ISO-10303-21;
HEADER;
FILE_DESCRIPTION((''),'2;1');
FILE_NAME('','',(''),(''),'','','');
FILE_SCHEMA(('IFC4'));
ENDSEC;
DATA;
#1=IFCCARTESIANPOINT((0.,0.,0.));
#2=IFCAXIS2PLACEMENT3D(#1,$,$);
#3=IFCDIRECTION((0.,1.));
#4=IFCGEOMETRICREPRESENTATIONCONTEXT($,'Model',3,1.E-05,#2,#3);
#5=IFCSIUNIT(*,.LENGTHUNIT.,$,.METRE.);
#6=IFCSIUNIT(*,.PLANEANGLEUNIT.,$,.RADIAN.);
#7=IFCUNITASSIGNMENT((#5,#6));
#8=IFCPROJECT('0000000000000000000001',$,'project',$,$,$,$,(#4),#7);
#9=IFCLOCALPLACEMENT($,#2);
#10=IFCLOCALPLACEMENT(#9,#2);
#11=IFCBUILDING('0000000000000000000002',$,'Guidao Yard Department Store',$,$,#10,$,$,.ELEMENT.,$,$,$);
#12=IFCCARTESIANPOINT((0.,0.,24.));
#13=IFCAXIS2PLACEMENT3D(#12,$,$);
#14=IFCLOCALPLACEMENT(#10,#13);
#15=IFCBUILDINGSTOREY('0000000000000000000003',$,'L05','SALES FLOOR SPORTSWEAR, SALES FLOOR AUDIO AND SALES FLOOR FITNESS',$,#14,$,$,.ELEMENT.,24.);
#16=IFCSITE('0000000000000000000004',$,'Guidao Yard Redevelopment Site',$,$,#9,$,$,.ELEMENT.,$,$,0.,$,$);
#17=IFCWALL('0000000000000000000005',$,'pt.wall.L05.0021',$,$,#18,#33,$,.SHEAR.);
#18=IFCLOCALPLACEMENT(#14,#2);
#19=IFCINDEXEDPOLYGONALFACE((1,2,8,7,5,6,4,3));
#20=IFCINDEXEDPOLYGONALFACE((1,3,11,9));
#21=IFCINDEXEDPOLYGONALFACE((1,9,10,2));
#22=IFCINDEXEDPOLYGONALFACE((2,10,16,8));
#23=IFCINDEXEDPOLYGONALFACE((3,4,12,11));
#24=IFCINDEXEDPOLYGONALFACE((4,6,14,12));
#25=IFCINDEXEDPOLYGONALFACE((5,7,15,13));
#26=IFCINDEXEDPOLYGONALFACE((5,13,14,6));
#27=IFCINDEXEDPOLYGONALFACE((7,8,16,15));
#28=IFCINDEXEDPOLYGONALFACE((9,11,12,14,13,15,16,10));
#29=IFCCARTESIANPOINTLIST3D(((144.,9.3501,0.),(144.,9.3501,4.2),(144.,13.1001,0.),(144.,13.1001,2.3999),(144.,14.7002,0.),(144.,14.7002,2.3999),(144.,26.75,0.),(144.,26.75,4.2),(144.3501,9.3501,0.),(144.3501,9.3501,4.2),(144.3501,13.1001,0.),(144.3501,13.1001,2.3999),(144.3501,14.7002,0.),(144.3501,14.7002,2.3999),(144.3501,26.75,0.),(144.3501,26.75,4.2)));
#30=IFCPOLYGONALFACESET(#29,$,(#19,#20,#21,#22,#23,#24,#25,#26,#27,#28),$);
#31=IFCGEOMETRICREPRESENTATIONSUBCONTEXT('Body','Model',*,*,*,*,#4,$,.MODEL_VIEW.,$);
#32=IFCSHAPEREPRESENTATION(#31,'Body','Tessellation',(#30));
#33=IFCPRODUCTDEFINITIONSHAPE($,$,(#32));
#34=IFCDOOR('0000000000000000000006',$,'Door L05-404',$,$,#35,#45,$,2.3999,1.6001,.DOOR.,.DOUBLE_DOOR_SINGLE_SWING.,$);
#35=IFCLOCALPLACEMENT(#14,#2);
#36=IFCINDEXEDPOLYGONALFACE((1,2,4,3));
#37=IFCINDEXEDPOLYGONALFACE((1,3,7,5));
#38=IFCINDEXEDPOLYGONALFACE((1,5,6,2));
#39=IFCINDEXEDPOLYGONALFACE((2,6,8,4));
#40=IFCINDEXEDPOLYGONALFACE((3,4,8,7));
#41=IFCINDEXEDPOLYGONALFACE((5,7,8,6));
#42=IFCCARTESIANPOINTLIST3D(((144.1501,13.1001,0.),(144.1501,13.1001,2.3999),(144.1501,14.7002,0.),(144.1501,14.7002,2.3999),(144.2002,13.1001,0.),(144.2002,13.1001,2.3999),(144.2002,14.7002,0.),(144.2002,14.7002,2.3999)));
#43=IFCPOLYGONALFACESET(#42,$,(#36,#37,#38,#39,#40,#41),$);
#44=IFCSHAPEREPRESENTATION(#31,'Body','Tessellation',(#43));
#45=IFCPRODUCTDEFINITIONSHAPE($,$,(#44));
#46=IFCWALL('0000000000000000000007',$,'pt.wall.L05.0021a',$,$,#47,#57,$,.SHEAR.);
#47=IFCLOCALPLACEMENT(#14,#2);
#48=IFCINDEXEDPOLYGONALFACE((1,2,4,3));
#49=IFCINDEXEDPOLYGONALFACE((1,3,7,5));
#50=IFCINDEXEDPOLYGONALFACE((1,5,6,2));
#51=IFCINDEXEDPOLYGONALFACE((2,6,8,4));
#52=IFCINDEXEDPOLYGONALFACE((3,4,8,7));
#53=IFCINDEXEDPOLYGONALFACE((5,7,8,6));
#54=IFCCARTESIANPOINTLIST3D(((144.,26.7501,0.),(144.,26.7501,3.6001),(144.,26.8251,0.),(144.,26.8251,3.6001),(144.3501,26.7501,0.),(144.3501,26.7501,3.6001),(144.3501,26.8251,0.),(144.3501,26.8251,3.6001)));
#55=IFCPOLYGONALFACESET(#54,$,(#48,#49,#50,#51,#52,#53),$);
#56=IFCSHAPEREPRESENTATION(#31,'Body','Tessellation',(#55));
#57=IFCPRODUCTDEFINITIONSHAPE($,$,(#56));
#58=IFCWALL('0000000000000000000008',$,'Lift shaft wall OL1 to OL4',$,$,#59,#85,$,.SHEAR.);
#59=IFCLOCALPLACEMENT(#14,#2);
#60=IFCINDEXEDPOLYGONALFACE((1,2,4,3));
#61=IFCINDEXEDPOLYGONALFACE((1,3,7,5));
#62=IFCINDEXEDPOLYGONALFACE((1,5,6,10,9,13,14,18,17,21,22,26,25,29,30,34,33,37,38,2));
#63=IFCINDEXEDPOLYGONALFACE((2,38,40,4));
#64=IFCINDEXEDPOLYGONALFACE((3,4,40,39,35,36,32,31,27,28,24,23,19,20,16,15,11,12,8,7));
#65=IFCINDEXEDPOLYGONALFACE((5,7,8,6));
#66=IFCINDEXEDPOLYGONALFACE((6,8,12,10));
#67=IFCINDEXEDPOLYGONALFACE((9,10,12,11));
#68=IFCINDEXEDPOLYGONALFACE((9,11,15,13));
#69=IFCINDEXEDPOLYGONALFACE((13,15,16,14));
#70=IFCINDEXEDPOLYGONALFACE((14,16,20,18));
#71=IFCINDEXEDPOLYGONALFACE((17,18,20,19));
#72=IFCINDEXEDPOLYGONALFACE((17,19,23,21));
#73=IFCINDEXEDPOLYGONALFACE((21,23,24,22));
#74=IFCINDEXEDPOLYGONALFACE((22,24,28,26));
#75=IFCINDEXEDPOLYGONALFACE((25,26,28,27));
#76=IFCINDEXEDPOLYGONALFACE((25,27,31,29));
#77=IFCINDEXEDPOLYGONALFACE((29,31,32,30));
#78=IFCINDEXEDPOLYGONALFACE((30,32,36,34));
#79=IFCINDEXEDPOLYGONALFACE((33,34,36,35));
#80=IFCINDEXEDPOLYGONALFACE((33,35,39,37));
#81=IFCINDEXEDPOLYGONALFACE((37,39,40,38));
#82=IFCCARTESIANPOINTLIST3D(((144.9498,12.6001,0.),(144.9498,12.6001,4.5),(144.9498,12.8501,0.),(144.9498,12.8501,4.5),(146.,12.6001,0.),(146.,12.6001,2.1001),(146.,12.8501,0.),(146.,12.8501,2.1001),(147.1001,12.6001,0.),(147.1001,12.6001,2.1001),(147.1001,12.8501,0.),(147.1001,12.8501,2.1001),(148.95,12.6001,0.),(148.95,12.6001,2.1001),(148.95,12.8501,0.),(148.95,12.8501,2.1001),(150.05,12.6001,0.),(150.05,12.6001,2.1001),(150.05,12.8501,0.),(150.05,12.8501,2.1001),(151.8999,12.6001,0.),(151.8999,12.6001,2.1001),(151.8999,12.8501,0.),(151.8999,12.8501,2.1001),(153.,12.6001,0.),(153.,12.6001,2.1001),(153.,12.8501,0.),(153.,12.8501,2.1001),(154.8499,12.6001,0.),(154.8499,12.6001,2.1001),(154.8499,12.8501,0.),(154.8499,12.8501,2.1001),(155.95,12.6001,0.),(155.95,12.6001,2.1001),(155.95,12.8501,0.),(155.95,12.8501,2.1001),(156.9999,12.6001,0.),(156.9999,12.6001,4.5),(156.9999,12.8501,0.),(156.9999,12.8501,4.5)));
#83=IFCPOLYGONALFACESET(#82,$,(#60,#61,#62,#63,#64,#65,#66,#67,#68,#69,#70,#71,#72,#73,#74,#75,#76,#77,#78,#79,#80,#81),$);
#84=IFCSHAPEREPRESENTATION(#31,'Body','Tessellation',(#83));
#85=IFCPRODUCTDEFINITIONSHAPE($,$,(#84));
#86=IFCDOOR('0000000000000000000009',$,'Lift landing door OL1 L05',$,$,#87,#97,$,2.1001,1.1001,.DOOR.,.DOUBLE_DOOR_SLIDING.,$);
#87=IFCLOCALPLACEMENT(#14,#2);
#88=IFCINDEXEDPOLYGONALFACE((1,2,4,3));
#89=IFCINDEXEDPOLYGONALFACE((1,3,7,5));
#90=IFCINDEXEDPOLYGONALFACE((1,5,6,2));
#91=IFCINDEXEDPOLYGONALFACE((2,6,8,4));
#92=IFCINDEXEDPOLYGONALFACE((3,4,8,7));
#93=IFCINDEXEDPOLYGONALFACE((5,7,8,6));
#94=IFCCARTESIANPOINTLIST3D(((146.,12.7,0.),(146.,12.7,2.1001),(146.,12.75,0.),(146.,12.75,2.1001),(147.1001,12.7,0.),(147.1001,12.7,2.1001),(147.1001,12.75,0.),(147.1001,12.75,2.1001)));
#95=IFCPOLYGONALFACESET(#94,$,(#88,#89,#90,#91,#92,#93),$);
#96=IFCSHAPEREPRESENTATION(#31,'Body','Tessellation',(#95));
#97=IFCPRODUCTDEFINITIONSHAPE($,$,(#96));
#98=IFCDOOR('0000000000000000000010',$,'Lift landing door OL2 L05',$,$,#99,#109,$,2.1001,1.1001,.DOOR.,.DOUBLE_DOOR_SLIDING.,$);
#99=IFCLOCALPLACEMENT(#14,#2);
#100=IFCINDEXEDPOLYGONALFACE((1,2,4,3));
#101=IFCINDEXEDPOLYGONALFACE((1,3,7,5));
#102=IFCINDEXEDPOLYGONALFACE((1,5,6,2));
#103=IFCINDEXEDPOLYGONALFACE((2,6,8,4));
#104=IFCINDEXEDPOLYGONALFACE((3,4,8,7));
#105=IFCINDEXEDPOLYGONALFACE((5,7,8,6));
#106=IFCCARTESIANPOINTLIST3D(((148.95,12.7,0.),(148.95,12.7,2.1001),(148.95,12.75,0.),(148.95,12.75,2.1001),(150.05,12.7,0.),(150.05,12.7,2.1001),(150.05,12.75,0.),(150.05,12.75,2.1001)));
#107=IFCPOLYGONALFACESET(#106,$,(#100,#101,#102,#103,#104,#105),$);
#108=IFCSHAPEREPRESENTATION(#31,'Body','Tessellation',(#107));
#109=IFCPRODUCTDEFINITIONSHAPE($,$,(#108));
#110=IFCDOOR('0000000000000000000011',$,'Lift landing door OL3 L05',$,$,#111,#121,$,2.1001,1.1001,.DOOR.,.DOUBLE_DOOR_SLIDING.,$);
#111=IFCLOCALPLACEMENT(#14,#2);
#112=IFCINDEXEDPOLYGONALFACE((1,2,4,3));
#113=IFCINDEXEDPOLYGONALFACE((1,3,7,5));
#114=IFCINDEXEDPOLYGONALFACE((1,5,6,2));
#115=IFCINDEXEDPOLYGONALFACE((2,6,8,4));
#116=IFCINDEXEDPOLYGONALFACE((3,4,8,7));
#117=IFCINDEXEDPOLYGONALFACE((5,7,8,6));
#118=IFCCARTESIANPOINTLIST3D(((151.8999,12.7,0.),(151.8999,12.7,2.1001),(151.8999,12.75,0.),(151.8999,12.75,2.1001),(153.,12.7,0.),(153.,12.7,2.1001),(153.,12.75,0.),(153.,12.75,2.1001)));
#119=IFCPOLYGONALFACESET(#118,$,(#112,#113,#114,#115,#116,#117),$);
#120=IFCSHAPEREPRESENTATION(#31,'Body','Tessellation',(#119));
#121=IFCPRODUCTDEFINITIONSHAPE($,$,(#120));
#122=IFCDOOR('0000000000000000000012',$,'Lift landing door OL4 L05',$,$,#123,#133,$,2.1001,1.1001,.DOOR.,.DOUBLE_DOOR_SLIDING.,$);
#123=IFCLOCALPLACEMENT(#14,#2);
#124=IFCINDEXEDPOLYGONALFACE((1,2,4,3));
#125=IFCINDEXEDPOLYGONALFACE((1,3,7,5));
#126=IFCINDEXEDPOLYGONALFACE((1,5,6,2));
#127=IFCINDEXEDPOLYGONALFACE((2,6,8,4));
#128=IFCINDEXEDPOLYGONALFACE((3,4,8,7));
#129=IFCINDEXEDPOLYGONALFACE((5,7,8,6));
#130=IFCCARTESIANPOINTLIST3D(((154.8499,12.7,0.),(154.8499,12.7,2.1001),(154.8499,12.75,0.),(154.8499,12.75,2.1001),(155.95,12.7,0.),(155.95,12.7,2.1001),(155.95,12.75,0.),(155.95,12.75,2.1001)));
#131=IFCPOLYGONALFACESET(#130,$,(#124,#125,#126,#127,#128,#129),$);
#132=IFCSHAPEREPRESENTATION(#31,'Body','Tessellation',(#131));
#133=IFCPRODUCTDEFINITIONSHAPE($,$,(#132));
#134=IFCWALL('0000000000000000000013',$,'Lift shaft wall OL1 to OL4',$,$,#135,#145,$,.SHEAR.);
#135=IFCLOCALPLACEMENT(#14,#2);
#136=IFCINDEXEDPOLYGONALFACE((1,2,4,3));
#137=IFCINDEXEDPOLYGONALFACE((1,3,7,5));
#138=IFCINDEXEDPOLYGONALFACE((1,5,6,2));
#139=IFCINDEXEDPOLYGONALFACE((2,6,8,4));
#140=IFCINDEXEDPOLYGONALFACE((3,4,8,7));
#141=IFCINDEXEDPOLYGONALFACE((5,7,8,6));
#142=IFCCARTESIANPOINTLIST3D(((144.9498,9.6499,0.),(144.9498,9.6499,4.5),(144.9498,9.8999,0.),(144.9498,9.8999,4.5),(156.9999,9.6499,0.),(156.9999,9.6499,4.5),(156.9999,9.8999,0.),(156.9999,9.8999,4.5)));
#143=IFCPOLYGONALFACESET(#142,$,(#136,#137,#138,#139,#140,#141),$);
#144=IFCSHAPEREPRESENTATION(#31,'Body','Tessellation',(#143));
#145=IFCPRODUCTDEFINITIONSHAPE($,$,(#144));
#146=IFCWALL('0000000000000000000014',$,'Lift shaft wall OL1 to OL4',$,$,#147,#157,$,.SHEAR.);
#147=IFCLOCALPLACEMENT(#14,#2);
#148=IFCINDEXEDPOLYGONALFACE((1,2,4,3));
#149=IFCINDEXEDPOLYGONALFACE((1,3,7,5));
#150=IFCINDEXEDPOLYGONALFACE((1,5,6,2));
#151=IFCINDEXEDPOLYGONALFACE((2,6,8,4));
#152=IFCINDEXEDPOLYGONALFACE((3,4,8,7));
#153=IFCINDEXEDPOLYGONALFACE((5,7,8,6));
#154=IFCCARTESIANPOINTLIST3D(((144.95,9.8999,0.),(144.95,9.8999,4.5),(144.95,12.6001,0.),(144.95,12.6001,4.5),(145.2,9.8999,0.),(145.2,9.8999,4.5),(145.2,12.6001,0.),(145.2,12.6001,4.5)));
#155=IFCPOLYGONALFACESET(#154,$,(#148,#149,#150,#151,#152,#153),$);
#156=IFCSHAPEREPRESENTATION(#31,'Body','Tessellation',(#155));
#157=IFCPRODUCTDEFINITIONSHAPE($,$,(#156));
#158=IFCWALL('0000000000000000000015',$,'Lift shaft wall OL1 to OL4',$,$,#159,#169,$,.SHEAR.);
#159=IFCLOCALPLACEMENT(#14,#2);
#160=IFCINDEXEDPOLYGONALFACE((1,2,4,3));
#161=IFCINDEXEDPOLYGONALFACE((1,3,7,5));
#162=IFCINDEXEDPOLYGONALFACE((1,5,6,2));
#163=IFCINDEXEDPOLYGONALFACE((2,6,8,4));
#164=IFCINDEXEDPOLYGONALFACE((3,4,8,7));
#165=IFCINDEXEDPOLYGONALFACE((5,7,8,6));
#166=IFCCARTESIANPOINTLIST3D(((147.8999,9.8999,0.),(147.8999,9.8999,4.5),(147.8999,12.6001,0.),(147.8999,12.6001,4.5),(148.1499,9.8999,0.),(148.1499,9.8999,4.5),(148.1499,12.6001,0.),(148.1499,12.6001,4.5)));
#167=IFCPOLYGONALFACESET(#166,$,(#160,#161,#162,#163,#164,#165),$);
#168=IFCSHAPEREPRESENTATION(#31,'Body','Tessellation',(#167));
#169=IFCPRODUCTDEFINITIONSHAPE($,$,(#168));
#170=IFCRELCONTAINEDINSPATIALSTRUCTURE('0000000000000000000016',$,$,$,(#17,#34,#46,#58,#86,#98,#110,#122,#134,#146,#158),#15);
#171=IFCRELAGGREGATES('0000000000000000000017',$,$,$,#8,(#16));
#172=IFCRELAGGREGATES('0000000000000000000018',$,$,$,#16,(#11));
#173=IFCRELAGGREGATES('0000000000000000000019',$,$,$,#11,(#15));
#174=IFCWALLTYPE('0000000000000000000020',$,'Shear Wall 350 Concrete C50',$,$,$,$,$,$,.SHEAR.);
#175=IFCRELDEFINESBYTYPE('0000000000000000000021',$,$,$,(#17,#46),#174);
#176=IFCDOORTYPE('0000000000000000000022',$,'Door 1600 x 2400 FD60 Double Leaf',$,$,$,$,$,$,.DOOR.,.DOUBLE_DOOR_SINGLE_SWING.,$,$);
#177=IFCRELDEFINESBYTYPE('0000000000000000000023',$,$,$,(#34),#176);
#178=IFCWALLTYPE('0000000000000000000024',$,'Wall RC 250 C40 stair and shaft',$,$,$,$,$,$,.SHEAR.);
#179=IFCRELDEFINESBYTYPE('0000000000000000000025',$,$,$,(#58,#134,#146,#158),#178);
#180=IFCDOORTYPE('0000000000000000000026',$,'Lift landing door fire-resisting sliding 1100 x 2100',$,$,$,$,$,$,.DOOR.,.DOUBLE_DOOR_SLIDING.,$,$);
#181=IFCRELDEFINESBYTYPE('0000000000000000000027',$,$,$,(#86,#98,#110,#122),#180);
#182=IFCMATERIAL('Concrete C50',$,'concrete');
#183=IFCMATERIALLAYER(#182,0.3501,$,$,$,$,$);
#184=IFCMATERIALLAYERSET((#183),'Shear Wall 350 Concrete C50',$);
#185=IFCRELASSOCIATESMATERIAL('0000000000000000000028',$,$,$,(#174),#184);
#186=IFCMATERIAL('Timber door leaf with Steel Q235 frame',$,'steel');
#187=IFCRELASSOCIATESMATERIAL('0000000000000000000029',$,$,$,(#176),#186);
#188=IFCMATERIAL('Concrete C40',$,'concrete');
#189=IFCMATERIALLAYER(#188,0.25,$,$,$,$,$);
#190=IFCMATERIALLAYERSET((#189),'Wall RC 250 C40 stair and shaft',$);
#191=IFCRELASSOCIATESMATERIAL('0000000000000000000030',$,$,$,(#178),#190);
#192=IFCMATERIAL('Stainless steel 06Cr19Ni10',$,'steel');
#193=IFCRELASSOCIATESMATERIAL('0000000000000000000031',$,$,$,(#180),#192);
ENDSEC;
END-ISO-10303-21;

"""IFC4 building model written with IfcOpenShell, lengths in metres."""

from ifc_helpers import new_model, si_unit, direction, frame, frame_2d, origin, place, context, subcontext, project, spatial, rectangle, extrude, material, layer, layer_set, type_object, element, fill, save


model = new_model("IFC4")

# Units and contexts
model_context = context("Model", 3, precision=1e-05, world=origin(), true_north=direction((0.0, 1.0)))
body_context = subcontext(model_context, "Body", "Model", "MODEL_VIEW")
ifc_project = project(units=[si_unit("LENGTHUNIT", "METRE"), si_unit("PLANEANGLEUNIT", "RADIAN")], contexts=[model_context])

# Site, building, storey
site_placement = place(None, origin())
site = spatial("IfcSite", under=ifc_project, at=site_placement, Name="Guidao Yard Redevelopment Site", CompositionType="ELEMENT", RefElevation=0.0)
building_placement = place(site_placement, origin())
building = spatial("IfcBuilding", under=site, at=building_placement, Name="Guidao Yard Department Store", CompositionType="ELEMENT")
storey_placement = place(building_placement, frame((0.0, 0.0, 24.0)))
storey = spatial("IfcBuildingStorey", under=building, at=storey_placement, Name="L05", Description="SALES FLOOR SPORTSWEAR, SALES FLOOR AUDIO AND SALES FLOOR FITNESS", CompositionType="ELEMENT", Elevation=24.0)

# Wall, opening, door
ifc_material_1 = material(Name="Concrete C50", Category="concrete")
ifc_layer_1 = layer(ifc_material_1, 0.3501)
ifc_layer_set_1 = layer_set([ifc_layer_1], Name="Shear Wall 350 Concrete C50")
wall_type_1 = type_object("IfcWallType", Name="Shear Wall 350 Concrete C50", PredefinedType="SHEAR", material=ifc_layer_set_1)
wall_1_placement = place(storey_placement, frame((144.175, 9.3501, 0.0), z_axis=(0.0, 0.0, 1.0), x_axis=(0.0, 1.0, 0.0)))
wall_1 = element("IfcWall", 1, at=wall_1_placement, inside=storey, type_object=wall_type_1, Name="pt.wall.L05.0021", PredefinedType="SHEAR", context=body_context, shape_type="SweptSolid", body=[
    extrude(rectangle(XDim=17.3999, YDim=0.3501, at=frame_2d((8.7, 0.0))), origin(), (0.0, 0.0, 1.0), 4.2),
])
opening_1_placement = place(wall_1_placement, frame((3.75, 0.0, 0.0)))
opening_1 = element("IfcOpeningElement", 2, at=opening_1_placement, cuts=wall_1, PredefinedType="OPENING", context=body_context, shape_type="SweptSolid", body=[
    extrude(rectangle(XDim=1.6001, YDim=2.3999, at=frame_2d((0.8, 1.2))), frame((0.0, 0.1851, 0.0), z_axis=(0.0, -1.0, 0.0), x_axis=(1.0, 0.0, 0.0)), (0.0, 0.0, 1.0), 0.3701),
])
ifc_material_2 = material(Name="Timber door leaf with Steel Q235 frame", Category="steel")
door_type_1 = type_object("IfcDoorType", Name="Door 1600 x 2400 FD60 Double Leaf", OperationType="DOUBLE_DOOR_SINGLE_SWING", PredefinedType="DOOR", material=ifc_material_2)
door_1_placement = place(opening_1_placement, origin())
door_1 = element("IfcDoor", 3, at=door_1_placement, inside=storey, type_object=door_type_1, Name="Door L05-404", OperationType="DOUBLE_DOOR_SINGLE_SWING", OverallHeight=2.3999, OverallWidth=1.6001, PredefinedType="DOOR", context=body_context, shape_type="SweptSolid", body=[
    extrude(rectangle(XDim=1.6001, YDim=2.3999, at=frame_2d((0.8, 1.2))), frame((0.0, 0.0249, 0.0), z_axis=(0.0, -1.0, 0.0), x_axis=(1.0, 0.0, 0.0)), (0.0, 0.0, 1.0), 0.05),
])
fill(opening_1, door_1)

# Wall
wall_2_placement = place(storey_placement, frame((144.175, 26.75, 0.0), z_axis=(0.0, 0.0, 1.0), x_axis=(0.0, 1.0, 0.0)))
element("IfcWall", 4, at=wall_2_placement, inside=storey, type_object=wall_type_1, Name="pt.wall.L05.0021a", PredefinedType="SHEAR", context=body_context, shape_type="SweptSolid", body=[
    extrude(rectangle(XDim=0.075, YDim=0.3501, at=frame_2d((0.0376, 0.0))), origin(), (0.0, 0.0, 1.0), 3.6001),
])

# Wall, openings, doors
ifc_material_3 = material(Name="Concrete C40", Category="concrete")
ifc_layer_2 = layer(ifc_material_3, 0.25)
ifc_layer_set_2 = layer_set([ifc_layer_2], Name="Wall RC 250 C40 stair and shaft")
wall_type_2 = type_object("IfcWallType", Name="Wall RC 250 C40 stair and shaft", PredefinedType="SHEAR", material=ifc_layer_set_2)
wall_3_placement = place(storey_placement, frame((144.95, 12.7251, 0.0), z_axis=(0.0, 0.0, 1.0), x_axis=(1.0, 0.0, 0.0)))
wall_3 = element("IfcWall", 5, at=wall_3_placement, inside=storey, type_object=wall_type_2, Name="Lift shaft wall OL1 to OL4", PredefinedType="SHEAR", context=body_context, shape_type="SweptSolid", body=[
    extrude(rectangle(XDim=12.05, YDim=0.25, at=frame_2d((6.0249, 0.0))), origin(), (0.0, 0.0, 1.0), 4.5),
])
opening_2_placement = place(wall_3_placement, frame((1.05, 0.0, 0.0)))
opening_2 = element("IfcOpeningElement", 6, at=opening_2_placement, cuts=wall_3, PredefinedType="OPENING", context=body_context, shape_type="SweptSolid", body=[
    extrude(rectangle(XDim=1.1001, YDim=2.1001, at=frame_2d((0.55, 1.05))), frame((0.0, 0.135, 0.0), z_axis=(0.0, -1.0, 0.0), x_axis=(1.0, 0.0, 0.0)), (0.0, 0.0, 1.0), 0.27),
])
opening_3_placement = place(wall_3_placement, frame((4.0, 0.0, 0.0)))
opening_3 = element("IfcOpeningElement", 7, at=opening_3_placement, cuts=wall_3, PredefinedType="OPENING", context=body_context, shape_type="SweptSolid", body=[
    extrude(rectangle(XDim=1.1001, YDim=2.1001, at=frame_2d((0.55, 1.05))), frame((0.0, 0.135, 0.0), z_axis=(0.0, -1.0, 0.0), x_axis=(1.0, 0.0, 0.0)), (0.0, 0.0, 1.0), 0.27),
])
opening_4_placement = place(wall_3_placement, frame((6.95, 0.0, 0.0)))
opening_4 = element("IfcOpeningElement", 8, at=opening_4_placement, cuts=wall_3, PredefinedType="OPENING", context=body_context, shape_type="SweptSolid", body=[
    extrude(rectangle(XDim=1.1001, YDim=2.1001, at=frame_2d((0.55, 1.05))), frame((0.0, 0.135, 0.0), z_axis=(0.0, -1.0, 0.0), x_axis=(1.0, 0.0, 0.0)), (0.0, 0.0, 1.0), 0.27),
])
opening_5_placement = place(wall_3_placement, frame((9.8999, 0.0, 0.0)))
opening_5 = element("IfcOpeningElement", 9, at=opening_5_placement, cuts=wall_3, PredefinedType="OPENING", context=body_context, shape_type="SweptSolid", body=[
    extrude(rectangle(XDim=1.1001, YDim=2.1001, at=frame_2d((0.55, 1.05))), frame((0.0, 0.135, 0.0), z_axis=(0.0, -1.0, 0.0), x_axis=(1.0, 0.0, 0.0)), (0.0, 0.0, 1.0), 0.27),
])
ifc_material_4 = material(Name="Stainless steel 06Cr19Ni10", Category="steel")
door_type_2 = type_object("IfcDoorType", Name="Lift landing door fire-resisting sliding 1100 x 2100", OperationType="DOUBLE_DOOR_SLIDING", PredefinedType="DOOR", material=ifc_material_4)
door_2_placement = place(opening_2_placement, origin())
door_2 = element("IfcDoor", 10, at=door_2_placement, inside=storey, type_object=door_type_2, Name="Lift landing door OL1 L05", OperationType="DOUBLE_DOOR_SLIDING", OverallHeight=2.1001, OverallWidth=1.1001, PredefinedType="DOOR", context=body_context, shape_type="SweptSolid", body=[
    extrude(rectangle(XDim=1.1001, YDim=2.1001, at=frame_2d((0.55, 1.05))), frame((0.0, 0.0249, 0.0), z_axis=(0.0, -1.0, 0.0), x_axis=(1.0, 0.0, 0.0)), (0.0, 0.0, 1.0), 0.05),
])
fill(opening_2, door_2)
door_3_placement = place(opening_3_placement, origin())
door_3 = element("IfcDoor", 11, at=door_3_placement, inside=storey, type_object=door_type_2, Name="Lift landing door OL2 L05", OperationType="DOUBLE_DOOR_SLIDING", OverallHeight=2.1001, OverallWidth=1.1001, PredefinedType="DOOR", context=body_context, shape_type="SweptSolid", body=[
    extrude(rectangle(XDim=1.1001, YDim=2.1001, at=frame_2d((0.55, 1.05))), frame((0.0, 0.0249, 0.0), z_axis=(0.0, -1.0, 0.0), x_axis=(1.0, 0.0, 0.0)), (0.0, 0.0, 1.0), 0.05),
])
fill(opening_3, door_3)
door_4_placement = place(opening_4_placement, origin())
door_4 = element("IfcDoor", 12, at=door_4_placement, inside=storey, type_object=door_type_2, Name="Lift landing door OL3 L05", OperationType="DOUBLE_DOOR_SLIDING", OverallHeight=2.1001, OverallWidth=1.1001, PredefinedType="DOOR", context=body_context, shape_type="SweptSolid", body=[
    extrude(rectangle(XDim=1.1001, YDim=2.1001, at=frame_2d((0.55, 1.05))), frame((0.0, 0.0249, 0.0), z_axis=(0.0, -1.0, 0.0), x_axis=(1.0, 0.0, 0.0)), (0.0, 0.0, 1.0), 0.05),
])
fill(opening_4, door_4)
door_5_placement = place(opening_5_placement, origin())
door_5 = element("IfcDoor", 13, at=door_5_placement, inside=storey, type_object=door_type_2, Name="Lift landing door OL4 L05", OperationType="DOUBLE_DOOR_SLIDING", OverallHeight=2.1001, OverallWidth=1.1001, PredefinedType="DOOR", context=body_context, shape_type="SweptSolid", body=[
    extrude(rectangle(XDim=1.1001, YDim=2.1001, at=frame_2d((0.55, 1.05))), frame((0.0, 0.0249, 0.0), z_axis=(0.0, -1.0, 0.0), x_axis=(1.0, 0.0, 0.0)), (0.0, 0.0, 1.0), 0.05),
])
fill(opening_5, door_5)

# Walls
wall_4_placement = place(storey_placement, frame((144.95, 9.7749, 0.0), z_axis=(0.0, 0.0, 1.0), x_axis=(1.0, 0.0, 0.0)))
element("IfcWall", 14, at=wall_4_placement, inside=storey, type_object=wall_type_2, Name="Lift shaft wall OL1 to OL4", PredefinedType="SHEAR", context=body_context, shape_type="SweptSolid", body=[
    extrude(rectangle(XDim=12.05, YDim=0.25, at=frame_2d((6.0249, 0.0))), origin(), (0.0, 0.0, 1.0), 4.5),
])
for number, where, z_axis, x_axis, name in (
    (15, (145.075, 9.8999, 0.0), (0.0, 0.0, 1.0), (0.0, 1.0, 0.0), "Lift shaft wall OL1 to OL4"),
    (16, (148.0249, 9.8999, 0.0), (0.0, 0.0, 1.0), (0.0, 1.0, 0.0), "Lift shaft wall OL1 to OL4"),
):
    element("IfcWall", number, at=place(storey_placement, frame(where, z_axis=z_axis, x_axis=x_axis)), inside=storey, type_object=wall_type_2, Name=name, PredefinedType="SHEAR", context=body_context, shape_type="SweptSolid", body=[
        extrude(rectangle(XDim=2.7002, YDim=0.25, at=frame_2d((1.3501, 0.0))), origin(), (0.0, 0.0, 1.0), 4.5),
    ])

save(model, "model.ifc")
